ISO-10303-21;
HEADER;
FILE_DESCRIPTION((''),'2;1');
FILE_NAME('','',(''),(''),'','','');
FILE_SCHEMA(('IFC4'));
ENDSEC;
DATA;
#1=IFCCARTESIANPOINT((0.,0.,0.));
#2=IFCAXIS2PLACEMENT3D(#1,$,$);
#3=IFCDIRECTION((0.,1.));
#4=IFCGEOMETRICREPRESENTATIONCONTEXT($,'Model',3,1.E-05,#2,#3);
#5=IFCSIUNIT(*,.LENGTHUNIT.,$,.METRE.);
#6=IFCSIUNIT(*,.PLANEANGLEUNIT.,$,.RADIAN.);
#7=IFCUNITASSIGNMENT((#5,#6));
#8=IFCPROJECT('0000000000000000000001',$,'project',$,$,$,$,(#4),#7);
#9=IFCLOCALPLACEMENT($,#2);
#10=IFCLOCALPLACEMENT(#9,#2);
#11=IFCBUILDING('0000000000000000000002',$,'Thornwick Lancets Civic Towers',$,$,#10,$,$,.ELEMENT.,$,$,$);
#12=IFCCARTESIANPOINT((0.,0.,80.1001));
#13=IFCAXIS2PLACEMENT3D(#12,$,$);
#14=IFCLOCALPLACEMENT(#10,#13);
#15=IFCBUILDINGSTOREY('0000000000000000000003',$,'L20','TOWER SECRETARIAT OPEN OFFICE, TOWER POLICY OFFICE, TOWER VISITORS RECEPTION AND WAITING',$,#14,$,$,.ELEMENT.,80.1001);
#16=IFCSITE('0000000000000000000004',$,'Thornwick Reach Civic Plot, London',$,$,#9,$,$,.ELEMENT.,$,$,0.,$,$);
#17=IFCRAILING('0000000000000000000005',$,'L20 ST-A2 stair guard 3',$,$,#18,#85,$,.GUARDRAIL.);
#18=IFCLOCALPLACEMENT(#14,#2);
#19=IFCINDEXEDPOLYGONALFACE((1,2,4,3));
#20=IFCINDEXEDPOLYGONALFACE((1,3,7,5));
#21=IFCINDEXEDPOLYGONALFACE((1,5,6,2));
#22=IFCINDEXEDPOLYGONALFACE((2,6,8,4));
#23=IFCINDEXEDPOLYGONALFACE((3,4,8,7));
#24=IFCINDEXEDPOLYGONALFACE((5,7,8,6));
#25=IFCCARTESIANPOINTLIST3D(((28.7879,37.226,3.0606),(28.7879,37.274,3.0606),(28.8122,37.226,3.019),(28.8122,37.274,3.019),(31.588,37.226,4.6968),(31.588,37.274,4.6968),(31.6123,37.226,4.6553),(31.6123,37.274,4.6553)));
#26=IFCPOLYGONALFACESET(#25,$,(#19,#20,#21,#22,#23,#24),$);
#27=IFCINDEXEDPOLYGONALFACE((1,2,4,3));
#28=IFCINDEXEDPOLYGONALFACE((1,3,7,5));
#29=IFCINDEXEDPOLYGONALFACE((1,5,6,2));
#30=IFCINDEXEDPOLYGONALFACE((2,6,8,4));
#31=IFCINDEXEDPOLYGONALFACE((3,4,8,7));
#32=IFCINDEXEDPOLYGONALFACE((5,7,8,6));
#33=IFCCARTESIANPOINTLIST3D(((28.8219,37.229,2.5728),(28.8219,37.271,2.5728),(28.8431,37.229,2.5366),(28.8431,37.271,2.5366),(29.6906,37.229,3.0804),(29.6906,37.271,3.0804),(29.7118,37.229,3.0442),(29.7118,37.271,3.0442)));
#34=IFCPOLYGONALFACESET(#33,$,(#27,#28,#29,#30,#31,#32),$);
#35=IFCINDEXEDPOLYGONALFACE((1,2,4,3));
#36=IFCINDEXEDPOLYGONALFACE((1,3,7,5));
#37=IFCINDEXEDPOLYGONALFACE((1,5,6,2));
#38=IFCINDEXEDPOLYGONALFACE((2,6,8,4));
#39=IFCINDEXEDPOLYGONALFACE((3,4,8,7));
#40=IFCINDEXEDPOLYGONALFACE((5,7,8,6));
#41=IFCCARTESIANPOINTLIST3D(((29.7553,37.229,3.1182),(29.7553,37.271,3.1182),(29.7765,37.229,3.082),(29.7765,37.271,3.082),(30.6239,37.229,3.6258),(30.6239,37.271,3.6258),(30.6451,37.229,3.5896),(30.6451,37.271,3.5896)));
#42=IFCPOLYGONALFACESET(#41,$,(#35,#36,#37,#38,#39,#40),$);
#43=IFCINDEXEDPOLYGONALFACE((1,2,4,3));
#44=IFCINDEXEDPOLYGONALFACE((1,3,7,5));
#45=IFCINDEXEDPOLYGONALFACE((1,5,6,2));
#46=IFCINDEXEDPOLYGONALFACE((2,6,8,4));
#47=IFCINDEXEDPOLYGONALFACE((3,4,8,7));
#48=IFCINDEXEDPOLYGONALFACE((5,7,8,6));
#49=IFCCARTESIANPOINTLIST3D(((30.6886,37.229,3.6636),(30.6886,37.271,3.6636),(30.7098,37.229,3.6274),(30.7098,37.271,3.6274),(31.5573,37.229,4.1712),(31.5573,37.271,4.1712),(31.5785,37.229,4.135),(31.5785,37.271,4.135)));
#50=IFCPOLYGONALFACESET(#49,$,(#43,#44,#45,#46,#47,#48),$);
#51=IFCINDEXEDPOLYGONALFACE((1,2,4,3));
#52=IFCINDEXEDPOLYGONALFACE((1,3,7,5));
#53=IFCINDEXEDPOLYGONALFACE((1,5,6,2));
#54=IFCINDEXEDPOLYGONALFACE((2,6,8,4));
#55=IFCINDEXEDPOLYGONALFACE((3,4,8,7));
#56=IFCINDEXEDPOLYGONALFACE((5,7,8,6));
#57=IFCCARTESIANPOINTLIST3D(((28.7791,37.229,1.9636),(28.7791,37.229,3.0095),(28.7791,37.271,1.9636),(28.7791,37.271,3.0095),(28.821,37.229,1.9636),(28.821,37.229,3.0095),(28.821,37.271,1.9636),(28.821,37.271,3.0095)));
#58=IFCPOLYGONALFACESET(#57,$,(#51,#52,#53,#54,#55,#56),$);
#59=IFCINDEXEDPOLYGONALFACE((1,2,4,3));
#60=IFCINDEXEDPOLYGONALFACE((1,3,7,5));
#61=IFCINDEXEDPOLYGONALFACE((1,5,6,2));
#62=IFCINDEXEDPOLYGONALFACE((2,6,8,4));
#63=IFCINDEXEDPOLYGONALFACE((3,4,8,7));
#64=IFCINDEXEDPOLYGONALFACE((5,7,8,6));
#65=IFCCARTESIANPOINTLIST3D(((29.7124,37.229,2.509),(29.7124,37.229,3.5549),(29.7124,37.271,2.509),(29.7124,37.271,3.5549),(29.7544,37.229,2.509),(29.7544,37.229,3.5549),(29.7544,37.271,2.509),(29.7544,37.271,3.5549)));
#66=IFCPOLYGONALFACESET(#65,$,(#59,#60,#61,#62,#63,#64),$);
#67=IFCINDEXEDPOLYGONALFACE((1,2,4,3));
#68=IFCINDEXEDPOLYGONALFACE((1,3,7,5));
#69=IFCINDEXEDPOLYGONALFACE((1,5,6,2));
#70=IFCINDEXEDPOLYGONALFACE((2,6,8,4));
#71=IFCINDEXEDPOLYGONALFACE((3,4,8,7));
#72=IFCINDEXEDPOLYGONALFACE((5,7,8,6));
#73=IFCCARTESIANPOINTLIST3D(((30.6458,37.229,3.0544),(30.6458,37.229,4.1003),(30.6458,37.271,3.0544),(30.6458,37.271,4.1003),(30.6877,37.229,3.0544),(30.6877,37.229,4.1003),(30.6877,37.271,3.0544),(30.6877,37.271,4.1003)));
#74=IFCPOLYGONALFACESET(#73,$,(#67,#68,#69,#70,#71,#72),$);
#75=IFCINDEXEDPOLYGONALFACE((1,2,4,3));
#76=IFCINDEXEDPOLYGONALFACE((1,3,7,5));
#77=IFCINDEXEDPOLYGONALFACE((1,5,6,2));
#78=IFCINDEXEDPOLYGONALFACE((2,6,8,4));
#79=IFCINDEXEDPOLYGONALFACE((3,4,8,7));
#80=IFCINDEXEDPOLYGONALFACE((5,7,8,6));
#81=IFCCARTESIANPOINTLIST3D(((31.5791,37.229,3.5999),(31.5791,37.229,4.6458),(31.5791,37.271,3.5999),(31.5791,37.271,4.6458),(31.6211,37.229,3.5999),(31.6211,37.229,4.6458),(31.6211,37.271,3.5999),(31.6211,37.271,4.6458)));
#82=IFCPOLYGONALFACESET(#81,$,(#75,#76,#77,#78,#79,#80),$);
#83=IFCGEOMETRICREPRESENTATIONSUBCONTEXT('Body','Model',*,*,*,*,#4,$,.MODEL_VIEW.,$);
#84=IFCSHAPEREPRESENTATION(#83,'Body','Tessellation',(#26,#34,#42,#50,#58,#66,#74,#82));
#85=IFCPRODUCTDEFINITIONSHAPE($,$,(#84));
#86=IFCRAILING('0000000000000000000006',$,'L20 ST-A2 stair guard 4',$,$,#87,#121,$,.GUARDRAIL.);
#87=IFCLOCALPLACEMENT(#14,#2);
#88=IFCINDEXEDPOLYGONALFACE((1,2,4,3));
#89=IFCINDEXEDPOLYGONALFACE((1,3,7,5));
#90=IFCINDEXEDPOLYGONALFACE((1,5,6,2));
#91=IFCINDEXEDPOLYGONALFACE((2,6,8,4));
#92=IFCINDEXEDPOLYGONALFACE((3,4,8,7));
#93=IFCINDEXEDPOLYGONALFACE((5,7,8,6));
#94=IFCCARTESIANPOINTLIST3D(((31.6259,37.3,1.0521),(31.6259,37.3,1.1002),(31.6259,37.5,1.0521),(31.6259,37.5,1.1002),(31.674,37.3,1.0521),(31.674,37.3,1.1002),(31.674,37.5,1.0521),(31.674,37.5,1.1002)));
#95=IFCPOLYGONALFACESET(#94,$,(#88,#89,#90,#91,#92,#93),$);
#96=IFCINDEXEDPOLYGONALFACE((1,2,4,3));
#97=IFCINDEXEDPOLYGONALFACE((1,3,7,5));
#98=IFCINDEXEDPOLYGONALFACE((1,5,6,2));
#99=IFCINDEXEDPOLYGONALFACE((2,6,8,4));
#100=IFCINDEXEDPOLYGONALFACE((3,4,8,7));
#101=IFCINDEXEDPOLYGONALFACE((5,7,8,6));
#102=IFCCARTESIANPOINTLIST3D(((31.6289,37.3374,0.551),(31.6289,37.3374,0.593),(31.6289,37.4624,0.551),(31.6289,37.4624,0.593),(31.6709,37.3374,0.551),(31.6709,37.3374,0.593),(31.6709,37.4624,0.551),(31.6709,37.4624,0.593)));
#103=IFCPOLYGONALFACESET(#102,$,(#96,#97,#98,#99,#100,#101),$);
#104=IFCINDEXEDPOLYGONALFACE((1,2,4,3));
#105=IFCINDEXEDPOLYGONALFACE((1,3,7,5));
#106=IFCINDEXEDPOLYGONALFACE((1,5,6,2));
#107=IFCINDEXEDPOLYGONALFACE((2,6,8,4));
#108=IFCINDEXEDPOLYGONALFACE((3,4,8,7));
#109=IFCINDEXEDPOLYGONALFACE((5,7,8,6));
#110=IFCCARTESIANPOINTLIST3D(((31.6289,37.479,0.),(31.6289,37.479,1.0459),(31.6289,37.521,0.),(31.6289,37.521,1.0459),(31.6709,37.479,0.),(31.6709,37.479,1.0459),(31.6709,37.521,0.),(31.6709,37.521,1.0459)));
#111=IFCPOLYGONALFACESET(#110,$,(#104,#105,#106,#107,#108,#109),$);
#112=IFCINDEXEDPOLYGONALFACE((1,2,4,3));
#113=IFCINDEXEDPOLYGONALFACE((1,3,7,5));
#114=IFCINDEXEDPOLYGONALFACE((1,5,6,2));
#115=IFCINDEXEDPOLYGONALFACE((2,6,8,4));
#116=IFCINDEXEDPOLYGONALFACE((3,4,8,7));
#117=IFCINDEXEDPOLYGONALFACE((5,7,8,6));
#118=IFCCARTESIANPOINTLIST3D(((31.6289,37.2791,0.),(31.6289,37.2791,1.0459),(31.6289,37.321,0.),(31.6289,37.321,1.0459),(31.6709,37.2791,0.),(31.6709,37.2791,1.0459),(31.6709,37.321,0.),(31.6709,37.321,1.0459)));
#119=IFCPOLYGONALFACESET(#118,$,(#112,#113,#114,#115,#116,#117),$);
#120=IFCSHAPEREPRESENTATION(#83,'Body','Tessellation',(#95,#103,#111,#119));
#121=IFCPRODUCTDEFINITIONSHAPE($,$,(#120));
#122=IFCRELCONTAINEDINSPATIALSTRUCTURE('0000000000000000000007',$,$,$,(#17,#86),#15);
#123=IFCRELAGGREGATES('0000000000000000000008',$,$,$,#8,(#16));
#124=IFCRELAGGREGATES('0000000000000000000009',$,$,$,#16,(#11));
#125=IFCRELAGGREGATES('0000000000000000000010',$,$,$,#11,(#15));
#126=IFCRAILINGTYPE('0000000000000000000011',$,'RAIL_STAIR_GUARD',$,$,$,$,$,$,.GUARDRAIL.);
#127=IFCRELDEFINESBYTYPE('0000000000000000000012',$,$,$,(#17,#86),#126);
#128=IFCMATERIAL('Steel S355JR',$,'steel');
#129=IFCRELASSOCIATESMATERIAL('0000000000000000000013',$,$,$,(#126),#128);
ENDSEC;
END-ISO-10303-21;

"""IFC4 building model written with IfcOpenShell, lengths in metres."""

from ifc_helpers import new_model, si_unit, direction, frame, origin, origin_2d, place, context, subcontext, project, spatial, rectangle, extrude, material, type_object, element, save


model = new_model("IFC4")

# Units and contexts
model_context = context("Model", 3, precision=1e-05, world=origin(), true_north=direction((0.0, 1.0)))
body_context = subcontext(model_context, "Body", "Model", "MODEL_VIEW")
ifc_project = project(units=[si_unit("LENGTHUNIT", "METRE"), si_unit("PLANEANGLEUNIT", "RADIAN")], contexts=[model_context])

# Site, building, storey
site_placement = place(None, origin())
site = spatial("IfcSite", under=ifc_project, at=site_placement, Name="Thornwick Reach Civic Plot, London", CompositionType="ELEMENT", RefElevation=0.0)
building_placement = place(site_placement, origin())
building = spatial("IfcBuilding", under=site, at=building_placement, Name="Thornwick Lancets Civic Towers", CompositionType="ELEMENT")
storey_placement = place(building_placement, frame((0.0, 0.0, 80.1001)))
storey = spatial("IfcBuildingStorey", under=building, at=storey_placement, Name="L20", Description="TOWER SECRETARIAT OPEN OFFICE, TOWER POLICY OFFICE, TOWER VISITORS RECEPTION AND WAITING", CompositionType="ELEMENT", Elevation=80.1001)

# Shared definitions
ifc_material_1 = material(Name="Steel S355JR", Category="steel")

# Railings
railing_type_1 = type_object("IfcRailingType", Name="RAIL_STAIR_GUARD", PredefinedType="GUARDRAIL", material=ifc_material_1)
railing_1_placement = place(storey_placement, frame((28.8, 37.25, 1.9636)))
element("IfcRailing", 1, at=railing_1_placement, inside=storey, type_object=railing_type_1, Name="L20 ST-A2 stair guard 3", PredefinedType="GUARDRAIL", context=body_context, shape_type="SweptSolid", body=[
    extrude(rectangle(XDim=0.0481, YDim=0.0481, at=origin_2d()), frame((0.0, 0.0, 1.0762), z_axis=(0.863394, 0.0, 0.504531), x_axis=(0.0, 1.0, 0.0)), (0.0, 0.0, 1.0), 3.2432),
    extrude(rectangle(XDim=0.042, YDim=0.042, at=origin_2d()), frame((0.0325, 0.0, 0.5911), z_axis=(0.863394, 0.0, 0.504531), x_axis=(0.0, 1.0, 0.0)), (0.0, 0.0, 1.0), 1.0061),
    extrude(rectangle(XDim=0.042, YDim=0.042, at=origin_2d()), frame((0.9658, 0.0, 1.1365), z_axis=(0.863394, 0.0, 0.504531), x_axis=(0.0, 1.0, 0.0)), (0.0, 0.0, 1.0), 1.0061),
    extrude(rectangle(XDim=0.042, YDim=0.042, at=origin_2d()), frame((1.8992, 0.0, 1.6819), z_axis=(0.863394, 0.0, 0.504531), x_axis=(0.0, 1.0, 0.0)), (0.0, 0.0, 1.0), 1.0061),
    extrude(rectangle(XDim=0.042, YDim=0.042, at=origin_2d()), origin(), (0.0, 0.0, 1.0), 1.0459),
    extrude(rectangle(XDim=0.042, YDim=0.042, at=origin_2d()), frame((0.9333, 0.0, 0.5454)), (0.0, 0.0, 1.0), 1.0459),
    extrude(rectangle(XDim=0.042, YDim=0.042, at=origin_2d()), frame((1.8667, 0.0, 1.0908)), (0.0, 0.0, 1.0), 1.0459),
    extrude(rectangle(XDim=0.042, YDim=0.042, at=origin_2d()), frame((2.8, 0.0, 1.6362)), (0.0, 0.0, 1.0), 1.0459),
])
railing_2_placement = place(storey_placement, frame((31.6499, 37.5, 0.0)))
element("IfcRailing", 2, at=railing_2_placement, inside=storey, type_object=railing_type_1, Name="L20 ST-A2 stair guard 4", PredefinedType="GUARDRAIL", context=body_context, shape_type="SweptSolid", body=[
    extrude(rectangle(XDim=0.0481, YDim=0.0481, at=origin_2d()), frame((0.0, 0.0, 1.0762), z_axis=(0.0, -1.0, 0.0), x_axis=(1.0, 0.0, 0.0)), (0.0, 0.0, 1.0), 0.2),
    extrude(rectangle(XDim=0.042, YDim=0.042, at=origin_2d()), frame((0.0, -0.0376, 0.572), z_axis=(0.0, -1.0, 0.0), x_axis=(1.0, 0.0, 0.0)), (0.0, 0.0, 1.0), 0.125),
    extrude(rectangle(XDim=0.042, YDim=0.042, at=origin_2d()), origin(), (0.0, 0.0, 1.0), 1.0459),
    extrude(rectangle(XDim=0.042, YDim=0.042, at=origin_2d()), frame((0.0, -0.2, 0.0)), (0.0, 0.0, 1.0), 1.0459),
])

save(model, "model.ifc")
